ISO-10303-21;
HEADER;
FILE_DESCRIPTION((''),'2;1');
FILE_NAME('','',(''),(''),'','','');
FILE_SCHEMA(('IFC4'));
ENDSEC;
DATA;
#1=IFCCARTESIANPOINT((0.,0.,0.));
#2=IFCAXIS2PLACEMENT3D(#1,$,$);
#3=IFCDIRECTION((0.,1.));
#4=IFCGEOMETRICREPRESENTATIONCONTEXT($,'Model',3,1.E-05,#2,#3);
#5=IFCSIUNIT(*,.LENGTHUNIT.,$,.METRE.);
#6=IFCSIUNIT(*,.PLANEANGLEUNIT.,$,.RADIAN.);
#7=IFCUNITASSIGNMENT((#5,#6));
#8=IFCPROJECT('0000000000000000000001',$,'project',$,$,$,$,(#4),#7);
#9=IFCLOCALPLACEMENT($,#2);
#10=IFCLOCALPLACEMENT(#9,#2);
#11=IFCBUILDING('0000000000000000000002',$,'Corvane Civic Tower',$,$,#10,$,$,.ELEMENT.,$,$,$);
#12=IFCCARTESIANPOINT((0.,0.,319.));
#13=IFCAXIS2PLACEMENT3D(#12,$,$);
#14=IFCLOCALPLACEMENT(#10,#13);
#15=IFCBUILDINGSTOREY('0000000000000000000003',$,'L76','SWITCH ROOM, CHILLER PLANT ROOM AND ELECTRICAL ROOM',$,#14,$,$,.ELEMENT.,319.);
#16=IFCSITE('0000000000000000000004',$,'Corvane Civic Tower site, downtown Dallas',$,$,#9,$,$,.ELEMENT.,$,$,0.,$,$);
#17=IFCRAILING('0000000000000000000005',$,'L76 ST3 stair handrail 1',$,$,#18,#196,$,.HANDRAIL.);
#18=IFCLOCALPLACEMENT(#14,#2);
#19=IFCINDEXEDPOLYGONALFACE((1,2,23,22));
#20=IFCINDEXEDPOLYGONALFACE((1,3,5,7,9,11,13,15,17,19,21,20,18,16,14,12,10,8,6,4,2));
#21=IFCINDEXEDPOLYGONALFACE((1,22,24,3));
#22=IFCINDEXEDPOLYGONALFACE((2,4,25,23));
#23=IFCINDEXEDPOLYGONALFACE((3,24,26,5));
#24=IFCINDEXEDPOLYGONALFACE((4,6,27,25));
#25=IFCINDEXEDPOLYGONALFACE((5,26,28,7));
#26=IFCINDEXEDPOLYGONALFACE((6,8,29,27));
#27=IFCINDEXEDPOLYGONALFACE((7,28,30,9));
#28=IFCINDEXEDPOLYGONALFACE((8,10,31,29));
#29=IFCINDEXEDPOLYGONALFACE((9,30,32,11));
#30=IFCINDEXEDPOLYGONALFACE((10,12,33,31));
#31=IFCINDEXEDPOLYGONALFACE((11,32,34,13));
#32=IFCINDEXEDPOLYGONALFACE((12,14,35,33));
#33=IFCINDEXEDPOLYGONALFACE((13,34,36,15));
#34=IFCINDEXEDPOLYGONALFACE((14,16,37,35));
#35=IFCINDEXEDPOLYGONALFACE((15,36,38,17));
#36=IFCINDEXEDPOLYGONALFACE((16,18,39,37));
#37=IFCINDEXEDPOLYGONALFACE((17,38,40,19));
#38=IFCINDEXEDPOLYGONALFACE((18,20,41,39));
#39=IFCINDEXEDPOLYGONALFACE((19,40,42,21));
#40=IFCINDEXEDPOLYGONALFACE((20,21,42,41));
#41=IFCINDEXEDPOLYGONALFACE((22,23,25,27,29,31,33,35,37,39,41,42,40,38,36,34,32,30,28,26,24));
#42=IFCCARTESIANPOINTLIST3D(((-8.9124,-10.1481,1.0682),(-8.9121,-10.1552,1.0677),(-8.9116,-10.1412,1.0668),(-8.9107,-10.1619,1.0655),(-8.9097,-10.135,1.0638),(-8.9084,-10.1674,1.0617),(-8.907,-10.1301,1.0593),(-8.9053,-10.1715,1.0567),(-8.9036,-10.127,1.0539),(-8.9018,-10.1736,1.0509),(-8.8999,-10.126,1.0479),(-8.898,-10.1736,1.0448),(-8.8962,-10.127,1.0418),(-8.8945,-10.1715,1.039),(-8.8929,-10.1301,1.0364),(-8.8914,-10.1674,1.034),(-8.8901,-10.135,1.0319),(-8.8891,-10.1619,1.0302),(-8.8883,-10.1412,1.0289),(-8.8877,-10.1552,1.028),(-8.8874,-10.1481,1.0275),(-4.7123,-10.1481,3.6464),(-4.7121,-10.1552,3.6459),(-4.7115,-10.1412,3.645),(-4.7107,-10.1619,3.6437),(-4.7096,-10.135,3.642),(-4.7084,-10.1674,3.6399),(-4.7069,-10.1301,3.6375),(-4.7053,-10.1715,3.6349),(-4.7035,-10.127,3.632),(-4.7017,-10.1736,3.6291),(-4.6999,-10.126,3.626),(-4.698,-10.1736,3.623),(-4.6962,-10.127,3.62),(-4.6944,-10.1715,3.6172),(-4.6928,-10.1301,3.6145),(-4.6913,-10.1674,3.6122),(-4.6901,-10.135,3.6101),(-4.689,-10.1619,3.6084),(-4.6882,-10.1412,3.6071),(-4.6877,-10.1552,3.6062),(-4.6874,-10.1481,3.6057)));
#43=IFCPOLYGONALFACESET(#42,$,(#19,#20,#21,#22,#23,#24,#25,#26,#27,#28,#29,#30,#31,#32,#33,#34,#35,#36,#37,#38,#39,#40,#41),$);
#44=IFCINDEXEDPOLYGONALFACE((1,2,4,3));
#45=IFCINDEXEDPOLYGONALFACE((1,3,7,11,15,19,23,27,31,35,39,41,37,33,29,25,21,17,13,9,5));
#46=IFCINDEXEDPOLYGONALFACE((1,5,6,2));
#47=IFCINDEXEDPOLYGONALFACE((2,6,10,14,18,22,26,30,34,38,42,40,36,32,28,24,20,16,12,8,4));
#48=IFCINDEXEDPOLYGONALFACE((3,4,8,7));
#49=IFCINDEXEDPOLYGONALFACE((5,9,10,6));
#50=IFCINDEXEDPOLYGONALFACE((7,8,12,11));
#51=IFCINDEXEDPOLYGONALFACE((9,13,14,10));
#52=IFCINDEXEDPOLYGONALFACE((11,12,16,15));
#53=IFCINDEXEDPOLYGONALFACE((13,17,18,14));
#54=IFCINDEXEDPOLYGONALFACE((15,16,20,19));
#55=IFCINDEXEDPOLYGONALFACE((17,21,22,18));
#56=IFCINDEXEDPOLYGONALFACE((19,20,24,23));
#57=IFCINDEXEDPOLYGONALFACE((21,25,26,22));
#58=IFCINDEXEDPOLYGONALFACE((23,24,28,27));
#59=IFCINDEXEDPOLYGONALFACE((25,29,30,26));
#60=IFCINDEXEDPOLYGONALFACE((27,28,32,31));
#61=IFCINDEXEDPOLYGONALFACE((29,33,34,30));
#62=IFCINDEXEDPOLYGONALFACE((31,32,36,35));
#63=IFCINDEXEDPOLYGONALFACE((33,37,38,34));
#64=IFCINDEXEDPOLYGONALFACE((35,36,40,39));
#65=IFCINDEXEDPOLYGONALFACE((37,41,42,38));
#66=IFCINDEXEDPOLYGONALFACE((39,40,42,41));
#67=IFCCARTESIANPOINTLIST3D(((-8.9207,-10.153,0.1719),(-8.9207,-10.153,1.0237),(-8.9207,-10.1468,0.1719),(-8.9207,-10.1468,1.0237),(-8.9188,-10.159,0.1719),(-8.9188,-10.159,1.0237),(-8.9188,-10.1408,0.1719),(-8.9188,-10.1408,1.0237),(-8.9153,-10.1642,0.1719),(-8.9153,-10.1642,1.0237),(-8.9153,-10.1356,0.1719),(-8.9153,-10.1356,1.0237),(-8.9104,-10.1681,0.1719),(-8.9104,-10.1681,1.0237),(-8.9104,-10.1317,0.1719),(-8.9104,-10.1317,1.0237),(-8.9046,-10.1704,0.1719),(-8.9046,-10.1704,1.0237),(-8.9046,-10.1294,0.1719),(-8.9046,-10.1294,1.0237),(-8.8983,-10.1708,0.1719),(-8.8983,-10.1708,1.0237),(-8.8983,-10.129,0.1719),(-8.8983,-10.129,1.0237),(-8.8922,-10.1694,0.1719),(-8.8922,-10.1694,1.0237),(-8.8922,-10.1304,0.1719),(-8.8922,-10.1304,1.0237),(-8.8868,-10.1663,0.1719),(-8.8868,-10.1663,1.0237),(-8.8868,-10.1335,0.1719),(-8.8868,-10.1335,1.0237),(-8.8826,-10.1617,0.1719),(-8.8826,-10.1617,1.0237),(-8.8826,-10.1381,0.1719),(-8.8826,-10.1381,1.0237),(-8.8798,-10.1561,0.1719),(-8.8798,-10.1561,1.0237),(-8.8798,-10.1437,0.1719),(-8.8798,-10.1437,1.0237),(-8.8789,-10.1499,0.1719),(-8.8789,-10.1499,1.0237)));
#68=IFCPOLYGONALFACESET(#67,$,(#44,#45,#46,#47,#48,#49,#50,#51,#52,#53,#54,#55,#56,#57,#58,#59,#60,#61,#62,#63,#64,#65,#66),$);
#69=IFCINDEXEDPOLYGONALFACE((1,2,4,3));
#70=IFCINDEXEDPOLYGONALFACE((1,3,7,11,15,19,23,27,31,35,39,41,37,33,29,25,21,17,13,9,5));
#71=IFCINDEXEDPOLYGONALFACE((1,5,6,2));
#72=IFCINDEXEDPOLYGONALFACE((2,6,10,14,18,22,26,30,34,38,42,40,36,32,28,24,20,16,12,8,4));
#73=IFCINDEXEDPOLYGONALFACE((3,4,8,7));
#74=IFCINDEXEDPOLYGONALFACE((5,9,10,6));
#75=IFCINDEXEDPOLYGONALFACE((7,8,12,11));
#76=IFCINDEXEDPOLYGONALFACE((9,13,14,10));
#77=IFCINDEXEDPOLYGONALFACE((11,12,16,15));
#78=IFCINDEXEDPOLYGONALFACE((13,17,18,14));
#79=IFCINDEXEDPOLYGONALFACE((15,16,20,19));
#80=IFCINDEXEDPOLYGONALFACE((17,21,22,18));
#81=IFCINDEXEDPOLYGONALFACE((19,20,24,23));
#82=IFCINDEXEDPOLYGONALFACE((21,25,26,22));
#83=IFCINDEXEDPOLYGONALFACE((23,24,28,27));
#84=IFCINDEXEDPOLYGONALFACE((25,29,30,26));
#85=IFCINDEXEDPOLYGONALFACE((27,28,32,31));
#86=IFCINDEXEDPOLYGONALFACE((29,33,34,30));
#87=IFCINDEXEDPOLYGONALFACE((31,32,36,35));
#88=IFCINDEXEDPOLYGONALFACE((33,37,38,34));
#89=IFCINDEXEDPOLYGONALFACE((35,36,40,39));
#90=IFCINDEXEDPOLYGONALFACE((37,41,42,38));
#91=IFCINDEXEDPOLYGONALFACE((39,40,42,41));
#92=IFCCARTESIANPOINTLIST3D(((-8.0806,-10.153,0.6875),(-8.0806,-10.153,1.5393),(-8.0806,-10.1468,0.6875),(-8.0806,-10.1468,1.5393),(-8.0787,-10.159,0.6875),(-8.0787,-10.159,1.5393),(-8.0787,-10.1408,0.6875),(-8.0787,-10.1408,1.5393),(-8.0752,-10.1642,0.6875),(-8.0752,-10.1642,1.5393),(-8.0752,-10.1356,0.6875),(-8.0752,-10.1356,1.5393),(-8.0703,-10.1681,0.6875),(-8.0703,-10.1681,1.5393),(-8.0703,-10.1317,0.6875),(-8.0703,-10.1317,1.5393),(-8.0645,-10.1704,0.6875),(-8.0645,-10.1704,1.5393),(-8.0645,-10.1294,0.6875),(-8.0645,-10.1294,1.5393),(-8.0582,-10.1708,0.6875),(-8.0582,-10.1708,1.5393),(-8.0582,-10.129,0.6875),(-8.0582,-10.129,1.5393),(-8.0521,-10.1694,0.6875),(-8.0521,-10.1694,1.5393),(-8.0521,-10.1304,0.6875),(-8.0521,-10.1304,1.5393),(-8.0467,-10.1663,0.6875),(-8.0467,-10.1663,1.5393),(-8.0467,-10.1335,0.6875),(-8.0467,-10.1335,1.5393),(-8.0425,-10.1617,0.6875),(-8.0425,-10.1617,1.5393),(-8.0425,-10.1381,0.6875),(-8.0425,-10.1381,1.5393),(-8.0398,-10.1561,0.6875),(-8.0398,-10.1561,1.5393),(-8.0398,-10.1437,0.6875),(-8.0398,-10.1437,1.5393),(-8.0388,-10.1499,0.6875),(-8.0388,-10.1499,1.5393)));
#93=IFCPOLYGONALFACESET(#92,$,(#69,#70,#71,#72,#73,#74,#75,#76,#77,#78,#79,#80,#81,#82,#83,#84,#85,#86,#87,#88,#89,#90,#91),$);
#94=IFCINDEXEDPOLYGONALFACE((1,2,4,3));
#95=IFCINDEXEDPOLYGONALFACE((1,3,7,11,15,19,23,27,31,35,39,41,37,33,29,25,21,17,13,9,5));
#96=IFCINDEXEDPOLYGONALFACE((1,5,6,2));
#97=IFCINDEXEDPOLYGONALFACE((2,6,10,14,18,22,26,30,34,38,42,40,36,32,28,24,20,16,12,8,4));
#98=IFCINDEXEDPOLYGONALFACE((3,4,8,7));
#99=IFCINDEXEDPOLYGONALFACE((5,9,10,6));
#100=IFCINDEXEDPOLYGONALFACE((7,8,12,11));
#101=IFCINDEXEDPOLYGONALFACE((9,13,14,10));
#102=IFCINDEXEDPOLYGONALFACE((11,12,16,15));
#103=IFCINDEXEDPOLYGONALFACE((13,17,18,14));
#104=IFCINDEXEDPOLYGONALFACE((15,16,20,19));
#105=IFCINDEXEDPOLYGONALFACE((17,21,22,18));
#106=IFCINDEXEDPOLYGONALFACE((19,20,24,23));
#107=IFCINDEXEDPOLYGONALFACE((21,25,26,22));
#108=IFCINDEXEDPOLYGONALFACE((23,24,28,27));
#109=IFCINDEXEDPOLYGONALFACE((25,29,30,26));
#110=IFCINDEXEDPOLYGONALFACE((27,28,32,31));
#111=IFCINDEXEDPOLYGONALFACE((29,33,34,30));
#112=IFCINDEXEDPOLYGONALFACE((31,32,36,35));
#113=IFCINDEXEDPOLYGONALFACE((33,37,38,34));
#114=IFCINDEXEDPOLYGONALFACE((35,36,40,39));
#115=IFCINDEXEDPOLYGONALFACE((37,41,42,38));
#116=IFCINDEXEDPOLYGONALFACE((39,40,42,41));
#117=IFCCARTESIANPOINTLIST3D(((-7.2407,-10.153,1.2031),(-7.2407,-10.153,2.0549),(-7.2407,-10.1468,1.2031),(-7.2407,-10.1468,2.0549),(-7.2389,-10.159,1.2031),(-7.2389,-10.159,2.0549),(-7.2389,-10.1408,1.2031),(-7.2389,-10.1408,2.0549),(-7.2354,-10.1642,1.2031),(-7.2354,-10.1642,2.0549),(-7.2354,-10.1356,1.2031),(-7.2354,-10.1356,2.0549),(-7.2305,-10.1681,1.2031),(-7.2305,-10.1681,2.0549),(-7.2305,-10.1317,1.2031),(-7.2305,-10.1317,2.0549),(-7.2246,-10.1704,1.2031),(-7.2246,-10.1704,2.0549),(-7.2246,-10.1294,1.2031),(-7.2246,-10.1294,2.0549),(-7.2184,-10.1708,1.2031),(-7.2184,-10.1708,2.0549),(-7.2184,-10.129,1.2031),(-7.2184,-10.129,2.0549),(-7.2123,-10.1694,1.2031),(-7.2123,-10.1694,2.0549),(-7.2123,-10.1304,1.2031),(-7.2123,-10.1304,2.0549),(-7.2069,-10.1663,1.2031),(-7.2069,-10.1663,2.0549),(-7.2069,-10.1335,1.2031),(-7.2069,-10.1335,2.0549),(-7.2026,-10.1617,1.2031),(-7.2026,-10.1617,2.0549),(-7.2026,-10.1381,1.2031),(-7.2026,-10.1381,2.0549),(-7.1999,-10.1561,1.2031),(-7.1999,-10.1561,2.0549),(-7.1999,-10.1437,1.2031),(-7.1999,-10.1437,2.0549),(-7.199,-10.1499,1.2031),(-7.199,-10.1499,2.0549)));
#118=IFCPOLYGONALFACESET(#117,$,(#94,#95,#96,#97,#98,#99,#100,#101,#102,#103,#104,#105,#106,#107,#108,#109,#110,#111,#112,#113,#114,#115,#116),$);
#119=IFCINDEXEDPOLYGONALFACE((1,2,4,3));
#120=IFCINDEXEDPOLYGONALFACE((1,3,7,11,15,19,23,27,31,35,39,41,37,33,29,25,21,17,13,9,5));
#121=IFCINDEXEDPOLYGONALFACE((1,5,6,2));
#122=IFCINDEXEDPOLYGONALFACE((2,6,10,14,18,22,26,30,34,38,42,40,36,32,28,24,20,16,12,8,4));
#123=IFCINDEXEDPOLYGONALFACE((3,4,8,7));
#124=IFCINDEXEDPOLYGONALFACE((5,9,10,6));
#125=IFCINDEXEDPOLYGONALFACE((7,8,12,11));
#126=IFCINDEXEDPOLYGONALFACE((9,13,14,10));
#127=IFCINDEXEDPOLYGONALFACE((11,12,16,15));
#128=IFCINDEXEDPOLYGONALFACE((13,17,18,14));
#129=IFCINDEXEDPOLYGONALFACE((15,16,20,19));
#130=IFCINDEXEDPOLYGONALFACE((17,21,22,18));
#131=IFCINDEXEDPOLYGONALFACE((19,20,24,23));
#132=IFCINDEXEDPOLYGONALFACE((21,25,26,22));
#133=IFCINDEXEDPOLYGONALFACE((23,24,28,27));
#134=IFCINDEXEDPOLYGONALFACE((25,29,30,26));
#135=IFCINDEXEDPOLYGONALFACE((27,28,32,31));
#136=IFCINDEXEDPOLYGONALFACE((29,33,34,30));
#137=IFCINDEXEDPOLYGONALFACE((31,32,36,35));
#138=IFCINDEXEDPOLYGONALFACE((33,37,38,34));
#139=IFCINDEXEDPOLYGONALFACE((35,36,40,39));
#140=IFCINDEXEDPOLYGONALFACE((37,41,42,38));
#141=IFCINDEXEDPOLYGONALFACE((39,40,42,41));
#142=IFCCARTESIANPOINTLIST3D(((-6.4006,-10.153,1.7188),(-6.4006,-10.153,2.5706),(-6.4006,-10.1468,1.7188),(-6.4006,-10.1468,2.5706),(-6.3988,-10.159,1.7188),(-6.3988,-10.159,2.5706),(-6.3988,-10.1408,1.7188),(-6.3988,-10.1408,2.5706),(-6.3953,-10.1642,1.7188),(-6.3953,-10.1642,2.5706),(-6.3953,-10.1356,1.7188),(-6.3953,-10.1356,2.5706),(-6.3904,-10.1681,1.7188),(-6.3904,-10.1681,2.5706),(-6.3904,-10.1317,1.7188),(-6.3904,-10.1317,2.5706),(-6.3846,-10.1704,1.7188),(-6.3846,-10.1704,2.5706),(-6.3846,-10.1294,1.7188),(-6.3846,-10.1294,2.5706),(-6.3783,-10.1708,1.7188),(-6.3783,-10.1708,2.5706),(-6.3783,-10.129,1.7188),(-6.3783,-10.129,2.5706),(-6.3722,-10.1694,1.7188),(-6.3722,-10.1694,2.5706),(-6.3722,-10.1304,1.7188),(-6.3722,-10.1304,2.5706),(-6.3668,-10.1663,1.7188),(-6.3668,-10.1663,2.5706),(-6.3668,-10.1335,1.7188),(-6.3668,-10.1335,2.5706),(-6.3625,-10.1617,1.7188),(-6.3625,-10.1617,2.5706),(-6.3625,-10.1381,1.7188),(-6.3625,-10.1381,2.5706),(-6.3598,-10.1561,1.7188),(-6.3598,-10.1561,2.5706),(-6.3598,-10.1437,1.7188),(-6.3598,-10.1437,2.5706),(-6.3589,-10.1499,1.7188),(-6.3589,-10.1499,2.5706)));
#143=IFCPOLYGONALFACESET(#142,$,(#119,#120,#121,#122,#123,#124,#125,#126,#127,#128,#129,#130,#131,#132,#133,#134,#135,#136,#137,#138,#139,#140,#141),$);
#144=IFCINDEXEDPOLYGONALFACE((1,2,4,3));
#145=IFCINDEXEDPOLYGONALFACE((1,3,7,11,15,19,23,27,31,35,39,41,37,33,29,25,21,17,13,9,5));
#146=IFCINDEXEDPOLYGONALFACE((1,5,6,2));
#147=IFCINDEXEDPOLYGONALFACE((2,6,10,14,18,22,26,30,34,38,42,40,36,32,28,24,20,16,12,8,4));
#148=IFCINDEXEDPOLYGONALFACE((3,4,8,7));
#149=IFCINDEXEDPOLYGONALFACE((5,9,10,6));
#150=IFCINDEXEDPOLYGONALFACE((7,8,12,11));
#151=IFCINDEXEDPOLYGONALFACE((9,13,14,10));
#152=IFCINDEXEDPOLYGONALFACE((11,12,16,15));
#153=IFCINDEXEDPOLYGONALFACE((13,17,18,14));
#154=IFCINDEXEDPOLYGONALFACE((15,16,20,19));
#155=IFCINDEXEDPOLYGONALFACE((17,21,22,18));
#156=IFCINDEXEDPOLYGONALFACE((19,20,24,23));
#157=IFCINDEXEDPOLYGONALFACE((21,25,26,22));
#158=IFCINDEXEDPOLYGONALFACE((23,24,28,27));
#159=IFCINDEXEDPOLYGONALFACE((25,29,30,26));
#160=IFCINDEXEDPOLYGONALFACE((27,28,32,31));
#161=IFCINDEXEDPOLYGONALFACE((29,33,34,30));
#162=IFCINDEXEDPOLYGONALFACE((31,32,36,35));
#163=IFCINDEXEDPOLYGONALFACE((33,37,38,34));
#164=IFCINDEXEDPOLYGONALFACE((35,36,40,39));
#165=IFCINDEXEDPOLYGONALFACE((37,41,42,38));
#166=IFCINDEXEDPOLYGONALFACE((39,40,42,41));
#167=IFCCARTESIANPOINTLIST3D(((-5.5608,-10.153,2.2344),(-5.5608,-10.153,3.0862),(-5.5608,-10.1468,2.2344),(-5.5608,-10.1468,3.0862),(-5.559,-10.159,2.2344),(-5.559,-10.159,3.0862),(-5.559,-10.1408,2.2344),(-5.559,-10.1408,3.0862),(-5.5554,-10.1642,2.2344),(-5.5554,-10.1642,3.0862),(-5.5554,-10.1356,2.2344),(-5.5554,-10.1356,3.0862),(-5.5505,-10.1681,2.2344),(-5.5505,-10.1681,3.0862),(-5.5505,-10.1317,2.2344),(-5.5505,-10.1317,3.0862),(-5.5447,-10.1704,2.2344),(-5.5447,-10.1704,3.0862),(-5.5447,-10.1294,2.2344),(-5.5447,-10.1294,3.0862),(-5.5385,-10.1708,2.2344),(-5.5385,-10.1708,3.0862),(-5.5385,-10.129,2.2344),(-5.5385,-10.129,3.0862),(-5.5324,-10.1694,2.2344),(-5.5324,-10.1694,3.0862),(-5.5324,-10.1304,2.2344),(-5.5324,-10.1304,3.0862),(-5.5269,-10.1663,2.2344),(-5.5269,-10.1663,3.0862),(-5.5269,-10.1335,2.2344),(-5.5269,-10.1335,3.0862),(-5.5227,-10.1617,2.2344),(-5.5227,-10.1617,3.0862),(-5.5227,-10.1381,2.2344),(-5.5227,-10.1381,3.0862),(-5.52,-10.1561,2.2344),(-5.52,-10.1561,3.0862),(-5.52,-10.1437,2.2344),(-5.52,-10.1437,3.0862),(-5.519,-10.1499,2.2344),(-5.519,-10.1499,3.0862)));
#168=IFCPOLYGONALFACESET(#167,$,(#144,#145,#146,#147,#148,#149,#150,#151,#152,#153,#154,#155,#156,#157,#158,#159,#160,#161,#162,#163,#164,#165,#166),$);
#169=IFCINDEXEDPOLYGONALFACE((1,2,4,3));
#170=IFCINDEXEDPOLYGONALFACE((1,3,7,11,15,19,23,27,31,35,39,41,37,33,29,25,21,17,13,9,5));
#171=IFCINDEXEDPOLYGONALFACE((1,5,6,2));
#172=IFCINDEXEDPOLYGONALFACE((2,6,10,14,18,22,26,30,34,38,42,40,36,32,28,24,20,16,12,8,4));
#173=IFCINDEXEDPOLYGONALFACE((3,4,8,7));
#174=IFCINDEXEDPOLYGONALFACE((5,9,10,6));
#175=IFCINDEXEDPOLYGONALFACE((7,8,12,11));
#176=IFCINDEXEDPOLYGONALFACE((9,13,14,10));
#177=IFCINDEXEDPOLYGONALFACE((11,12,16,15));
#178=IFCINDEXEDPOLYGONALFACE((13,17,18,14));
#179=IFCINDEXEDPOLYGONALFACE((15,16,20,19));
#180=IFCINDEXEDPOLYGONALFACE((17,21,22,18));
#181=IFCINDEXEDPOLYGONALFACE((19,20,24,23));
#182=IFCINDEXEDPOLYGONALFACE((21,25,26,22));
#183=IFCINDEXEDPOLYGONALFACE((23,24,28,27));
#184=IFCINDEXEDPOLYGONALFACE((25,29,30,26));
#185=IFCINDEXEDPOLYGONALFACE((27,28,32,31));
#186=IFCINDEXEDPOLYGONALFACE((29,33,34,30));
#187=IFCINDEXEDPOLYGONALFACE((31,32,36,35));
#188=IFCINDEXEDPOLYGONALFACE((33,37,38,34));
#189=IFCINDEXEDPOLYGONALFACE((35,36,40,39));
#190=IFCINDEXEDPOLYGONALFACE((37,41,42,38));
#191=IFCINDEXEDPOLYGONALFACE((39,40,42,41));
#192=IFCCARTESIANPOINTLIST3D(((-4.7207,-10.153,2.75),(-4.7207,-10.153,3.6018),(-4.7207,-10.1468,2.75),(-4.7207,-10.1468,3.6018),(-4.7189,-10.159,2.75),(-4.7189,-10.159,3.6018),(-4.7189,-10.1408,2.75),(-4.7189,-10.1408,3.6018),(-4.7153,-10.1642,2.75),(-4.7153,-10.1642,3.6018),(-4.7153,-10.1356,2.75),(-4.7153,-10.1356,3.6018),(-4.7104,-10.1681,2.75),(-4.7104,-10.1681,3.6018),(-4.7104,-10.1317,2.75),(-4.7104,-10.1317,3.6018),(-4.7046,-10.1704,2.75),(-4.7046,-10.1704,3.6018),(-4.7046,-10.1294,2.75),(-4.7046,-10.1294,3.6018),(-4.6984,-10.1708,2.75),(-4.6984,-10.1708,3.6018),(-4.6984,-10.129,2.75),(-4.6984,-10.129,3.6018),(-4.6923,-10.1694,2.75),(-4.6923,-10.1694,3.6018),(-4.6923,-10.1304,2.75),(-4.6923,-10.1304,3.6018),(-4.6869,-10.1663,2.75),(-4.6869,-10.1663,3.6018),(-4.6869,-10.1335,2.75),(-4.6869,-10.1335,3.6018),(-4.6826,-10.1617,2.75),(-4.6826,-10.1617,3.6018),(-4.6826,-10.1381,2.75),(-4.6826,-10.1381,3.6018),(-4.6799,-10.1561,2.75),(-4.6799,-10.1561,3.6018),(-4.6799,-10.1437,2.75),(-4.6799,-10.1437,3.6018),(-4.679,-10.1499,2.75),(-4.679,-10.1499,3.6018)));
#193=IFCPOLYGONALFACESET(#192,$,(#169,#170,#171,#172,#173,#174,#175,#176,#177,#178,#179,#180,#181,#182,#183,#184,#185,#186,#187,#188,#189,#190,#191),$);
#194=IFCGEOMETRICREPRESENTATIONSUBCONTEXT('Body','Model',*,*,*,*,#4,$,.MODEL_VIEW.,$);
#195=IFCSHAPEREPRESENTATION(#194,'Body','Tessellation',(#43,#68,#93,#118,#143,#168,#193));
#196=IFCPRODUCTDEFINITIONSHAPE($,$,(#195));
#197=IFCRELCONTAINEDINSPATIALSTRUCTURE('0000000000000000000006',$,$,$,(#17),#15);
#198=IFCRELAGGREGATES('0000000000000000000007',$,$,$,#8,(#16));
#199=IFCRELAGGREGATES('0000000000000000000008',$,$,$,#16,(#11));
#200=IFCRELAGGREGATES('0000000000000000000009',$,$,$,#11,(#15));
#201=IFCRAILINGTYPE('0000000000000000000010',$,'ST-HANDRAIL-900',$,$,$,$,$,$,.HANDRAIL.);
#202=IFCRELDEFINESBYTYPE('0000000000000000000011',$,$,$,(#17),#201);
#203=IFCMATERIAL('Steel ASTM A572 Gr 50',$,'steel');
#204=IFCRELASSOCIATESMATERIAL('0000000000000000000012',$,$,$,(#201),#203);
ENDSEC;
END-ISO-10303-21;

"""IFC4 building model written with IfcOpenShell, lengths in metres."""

from ifc_helpers import new_model, si_unit, direction, frame, origin, origin_2d, place, context, subcontext, project, spatial, circle, extrude, material, type_object, element, save


model = new_model("IFC4")

# Units and contexts
model_context = context("Model", 3, precision=1e-05, world=origin(), true_north=direction((0.0, 1.0)))
body_context = subcontext(model_context, "Body", "Model", "MODEL_VIEW")
ifc_project = project(units=[si_unit("LENGTHUNIT", "METRE"), si_unit("PLANEANGLEUNIT", "RADIAN")], contexts=[model_context])

# Site, building, storey
site_placement = place(None, origin())
site = spatial("IfcSite", under=ifc_project, at=site_placement, Name="Corvane Civic Tower site, downtown Dallas", CompositionType="ELEMENT", RefElevation=0.0)
building_placement = place(site_placement, origin())
building = spatial("IfcBuilding", under=site, at=building_placement, Name="Corvane Civic Tower", CompositionType="ELEMENT")
storey_placement = place(building_placement, frame((0.0, 0.0, 319.0)))
storey = spatial("IfcBuildingStorey", under=building, at=storey_placement, Name="L76", Description="SWITCH ROOM, CHILLER PLANT ROOM AND ELECTRICAL ROOM", CompositionType="ELEMENT", Elevation=319.0)

# Railing
ifc_material_1 = material(Name="Steel ASTM A572 Gr 50", Category="steel")
railing_type_1 = type_object("IfcRailingType", Name="ST-HANDRAIL-900", PredefinedType="HANDRAIL", material=ifc_material_1)
railing_1_placement = place(storey_placement, frame((-8.8999, -10.1499, 0.1719)))
element("IfcRailing", 1, at=railing_1_placement, inside=storey, type_object=railing_type_1, Name="L76 ST3 stair handrail 1", PredefinedType="HANDRAIL", context=body_context, shape_type="SweptSolid", body=[
    extrude(circle(Radius=0.0239, at=origin_2d()), frame((0.0, 0.0, 0.876), z_axis=(0.852243, 0.0, 0.523146), x_axis=(0.0, 1.0, 0.0)), (0.0, 0.0, 1.0), 4.9282),
    extrude(circle(Radius=0.021, at=origin_2d()), origin(), (0.0, 0.0, 1.0), 0.8518),
    extrude(circle(Radius=0.021, at=origin_2d()), frame((0.8401, 0.0, 0.5156)), (0.0, 0.0, 1.0), 0.8518),
    extrude(circle(Radius=0.021, at=origin_2d()), frame((1.6799, 0.0, 1.0312)), (0.0, 0.0, 1.0), 0.8518),
    extrude(circle(Radius=0.021, at=origin_2d()), frame((2.52, 0.0, 1.5469)), (0.0, 0.0, 1.0), 0.8518),
    extrude(circle(Radius=0.021, at=origin_2d()), frame((3.3599, 0.0, 2.0625)), (0.0, 0.0, 1.0), 0.8518),
    extrude(circle(Radius=0.021, at=origin_2d()), frame((4.2, 0.0, 2.5781)), (0.0, 0.0, 1.0), 0.8518),
])

save(model, "model.ifc")
